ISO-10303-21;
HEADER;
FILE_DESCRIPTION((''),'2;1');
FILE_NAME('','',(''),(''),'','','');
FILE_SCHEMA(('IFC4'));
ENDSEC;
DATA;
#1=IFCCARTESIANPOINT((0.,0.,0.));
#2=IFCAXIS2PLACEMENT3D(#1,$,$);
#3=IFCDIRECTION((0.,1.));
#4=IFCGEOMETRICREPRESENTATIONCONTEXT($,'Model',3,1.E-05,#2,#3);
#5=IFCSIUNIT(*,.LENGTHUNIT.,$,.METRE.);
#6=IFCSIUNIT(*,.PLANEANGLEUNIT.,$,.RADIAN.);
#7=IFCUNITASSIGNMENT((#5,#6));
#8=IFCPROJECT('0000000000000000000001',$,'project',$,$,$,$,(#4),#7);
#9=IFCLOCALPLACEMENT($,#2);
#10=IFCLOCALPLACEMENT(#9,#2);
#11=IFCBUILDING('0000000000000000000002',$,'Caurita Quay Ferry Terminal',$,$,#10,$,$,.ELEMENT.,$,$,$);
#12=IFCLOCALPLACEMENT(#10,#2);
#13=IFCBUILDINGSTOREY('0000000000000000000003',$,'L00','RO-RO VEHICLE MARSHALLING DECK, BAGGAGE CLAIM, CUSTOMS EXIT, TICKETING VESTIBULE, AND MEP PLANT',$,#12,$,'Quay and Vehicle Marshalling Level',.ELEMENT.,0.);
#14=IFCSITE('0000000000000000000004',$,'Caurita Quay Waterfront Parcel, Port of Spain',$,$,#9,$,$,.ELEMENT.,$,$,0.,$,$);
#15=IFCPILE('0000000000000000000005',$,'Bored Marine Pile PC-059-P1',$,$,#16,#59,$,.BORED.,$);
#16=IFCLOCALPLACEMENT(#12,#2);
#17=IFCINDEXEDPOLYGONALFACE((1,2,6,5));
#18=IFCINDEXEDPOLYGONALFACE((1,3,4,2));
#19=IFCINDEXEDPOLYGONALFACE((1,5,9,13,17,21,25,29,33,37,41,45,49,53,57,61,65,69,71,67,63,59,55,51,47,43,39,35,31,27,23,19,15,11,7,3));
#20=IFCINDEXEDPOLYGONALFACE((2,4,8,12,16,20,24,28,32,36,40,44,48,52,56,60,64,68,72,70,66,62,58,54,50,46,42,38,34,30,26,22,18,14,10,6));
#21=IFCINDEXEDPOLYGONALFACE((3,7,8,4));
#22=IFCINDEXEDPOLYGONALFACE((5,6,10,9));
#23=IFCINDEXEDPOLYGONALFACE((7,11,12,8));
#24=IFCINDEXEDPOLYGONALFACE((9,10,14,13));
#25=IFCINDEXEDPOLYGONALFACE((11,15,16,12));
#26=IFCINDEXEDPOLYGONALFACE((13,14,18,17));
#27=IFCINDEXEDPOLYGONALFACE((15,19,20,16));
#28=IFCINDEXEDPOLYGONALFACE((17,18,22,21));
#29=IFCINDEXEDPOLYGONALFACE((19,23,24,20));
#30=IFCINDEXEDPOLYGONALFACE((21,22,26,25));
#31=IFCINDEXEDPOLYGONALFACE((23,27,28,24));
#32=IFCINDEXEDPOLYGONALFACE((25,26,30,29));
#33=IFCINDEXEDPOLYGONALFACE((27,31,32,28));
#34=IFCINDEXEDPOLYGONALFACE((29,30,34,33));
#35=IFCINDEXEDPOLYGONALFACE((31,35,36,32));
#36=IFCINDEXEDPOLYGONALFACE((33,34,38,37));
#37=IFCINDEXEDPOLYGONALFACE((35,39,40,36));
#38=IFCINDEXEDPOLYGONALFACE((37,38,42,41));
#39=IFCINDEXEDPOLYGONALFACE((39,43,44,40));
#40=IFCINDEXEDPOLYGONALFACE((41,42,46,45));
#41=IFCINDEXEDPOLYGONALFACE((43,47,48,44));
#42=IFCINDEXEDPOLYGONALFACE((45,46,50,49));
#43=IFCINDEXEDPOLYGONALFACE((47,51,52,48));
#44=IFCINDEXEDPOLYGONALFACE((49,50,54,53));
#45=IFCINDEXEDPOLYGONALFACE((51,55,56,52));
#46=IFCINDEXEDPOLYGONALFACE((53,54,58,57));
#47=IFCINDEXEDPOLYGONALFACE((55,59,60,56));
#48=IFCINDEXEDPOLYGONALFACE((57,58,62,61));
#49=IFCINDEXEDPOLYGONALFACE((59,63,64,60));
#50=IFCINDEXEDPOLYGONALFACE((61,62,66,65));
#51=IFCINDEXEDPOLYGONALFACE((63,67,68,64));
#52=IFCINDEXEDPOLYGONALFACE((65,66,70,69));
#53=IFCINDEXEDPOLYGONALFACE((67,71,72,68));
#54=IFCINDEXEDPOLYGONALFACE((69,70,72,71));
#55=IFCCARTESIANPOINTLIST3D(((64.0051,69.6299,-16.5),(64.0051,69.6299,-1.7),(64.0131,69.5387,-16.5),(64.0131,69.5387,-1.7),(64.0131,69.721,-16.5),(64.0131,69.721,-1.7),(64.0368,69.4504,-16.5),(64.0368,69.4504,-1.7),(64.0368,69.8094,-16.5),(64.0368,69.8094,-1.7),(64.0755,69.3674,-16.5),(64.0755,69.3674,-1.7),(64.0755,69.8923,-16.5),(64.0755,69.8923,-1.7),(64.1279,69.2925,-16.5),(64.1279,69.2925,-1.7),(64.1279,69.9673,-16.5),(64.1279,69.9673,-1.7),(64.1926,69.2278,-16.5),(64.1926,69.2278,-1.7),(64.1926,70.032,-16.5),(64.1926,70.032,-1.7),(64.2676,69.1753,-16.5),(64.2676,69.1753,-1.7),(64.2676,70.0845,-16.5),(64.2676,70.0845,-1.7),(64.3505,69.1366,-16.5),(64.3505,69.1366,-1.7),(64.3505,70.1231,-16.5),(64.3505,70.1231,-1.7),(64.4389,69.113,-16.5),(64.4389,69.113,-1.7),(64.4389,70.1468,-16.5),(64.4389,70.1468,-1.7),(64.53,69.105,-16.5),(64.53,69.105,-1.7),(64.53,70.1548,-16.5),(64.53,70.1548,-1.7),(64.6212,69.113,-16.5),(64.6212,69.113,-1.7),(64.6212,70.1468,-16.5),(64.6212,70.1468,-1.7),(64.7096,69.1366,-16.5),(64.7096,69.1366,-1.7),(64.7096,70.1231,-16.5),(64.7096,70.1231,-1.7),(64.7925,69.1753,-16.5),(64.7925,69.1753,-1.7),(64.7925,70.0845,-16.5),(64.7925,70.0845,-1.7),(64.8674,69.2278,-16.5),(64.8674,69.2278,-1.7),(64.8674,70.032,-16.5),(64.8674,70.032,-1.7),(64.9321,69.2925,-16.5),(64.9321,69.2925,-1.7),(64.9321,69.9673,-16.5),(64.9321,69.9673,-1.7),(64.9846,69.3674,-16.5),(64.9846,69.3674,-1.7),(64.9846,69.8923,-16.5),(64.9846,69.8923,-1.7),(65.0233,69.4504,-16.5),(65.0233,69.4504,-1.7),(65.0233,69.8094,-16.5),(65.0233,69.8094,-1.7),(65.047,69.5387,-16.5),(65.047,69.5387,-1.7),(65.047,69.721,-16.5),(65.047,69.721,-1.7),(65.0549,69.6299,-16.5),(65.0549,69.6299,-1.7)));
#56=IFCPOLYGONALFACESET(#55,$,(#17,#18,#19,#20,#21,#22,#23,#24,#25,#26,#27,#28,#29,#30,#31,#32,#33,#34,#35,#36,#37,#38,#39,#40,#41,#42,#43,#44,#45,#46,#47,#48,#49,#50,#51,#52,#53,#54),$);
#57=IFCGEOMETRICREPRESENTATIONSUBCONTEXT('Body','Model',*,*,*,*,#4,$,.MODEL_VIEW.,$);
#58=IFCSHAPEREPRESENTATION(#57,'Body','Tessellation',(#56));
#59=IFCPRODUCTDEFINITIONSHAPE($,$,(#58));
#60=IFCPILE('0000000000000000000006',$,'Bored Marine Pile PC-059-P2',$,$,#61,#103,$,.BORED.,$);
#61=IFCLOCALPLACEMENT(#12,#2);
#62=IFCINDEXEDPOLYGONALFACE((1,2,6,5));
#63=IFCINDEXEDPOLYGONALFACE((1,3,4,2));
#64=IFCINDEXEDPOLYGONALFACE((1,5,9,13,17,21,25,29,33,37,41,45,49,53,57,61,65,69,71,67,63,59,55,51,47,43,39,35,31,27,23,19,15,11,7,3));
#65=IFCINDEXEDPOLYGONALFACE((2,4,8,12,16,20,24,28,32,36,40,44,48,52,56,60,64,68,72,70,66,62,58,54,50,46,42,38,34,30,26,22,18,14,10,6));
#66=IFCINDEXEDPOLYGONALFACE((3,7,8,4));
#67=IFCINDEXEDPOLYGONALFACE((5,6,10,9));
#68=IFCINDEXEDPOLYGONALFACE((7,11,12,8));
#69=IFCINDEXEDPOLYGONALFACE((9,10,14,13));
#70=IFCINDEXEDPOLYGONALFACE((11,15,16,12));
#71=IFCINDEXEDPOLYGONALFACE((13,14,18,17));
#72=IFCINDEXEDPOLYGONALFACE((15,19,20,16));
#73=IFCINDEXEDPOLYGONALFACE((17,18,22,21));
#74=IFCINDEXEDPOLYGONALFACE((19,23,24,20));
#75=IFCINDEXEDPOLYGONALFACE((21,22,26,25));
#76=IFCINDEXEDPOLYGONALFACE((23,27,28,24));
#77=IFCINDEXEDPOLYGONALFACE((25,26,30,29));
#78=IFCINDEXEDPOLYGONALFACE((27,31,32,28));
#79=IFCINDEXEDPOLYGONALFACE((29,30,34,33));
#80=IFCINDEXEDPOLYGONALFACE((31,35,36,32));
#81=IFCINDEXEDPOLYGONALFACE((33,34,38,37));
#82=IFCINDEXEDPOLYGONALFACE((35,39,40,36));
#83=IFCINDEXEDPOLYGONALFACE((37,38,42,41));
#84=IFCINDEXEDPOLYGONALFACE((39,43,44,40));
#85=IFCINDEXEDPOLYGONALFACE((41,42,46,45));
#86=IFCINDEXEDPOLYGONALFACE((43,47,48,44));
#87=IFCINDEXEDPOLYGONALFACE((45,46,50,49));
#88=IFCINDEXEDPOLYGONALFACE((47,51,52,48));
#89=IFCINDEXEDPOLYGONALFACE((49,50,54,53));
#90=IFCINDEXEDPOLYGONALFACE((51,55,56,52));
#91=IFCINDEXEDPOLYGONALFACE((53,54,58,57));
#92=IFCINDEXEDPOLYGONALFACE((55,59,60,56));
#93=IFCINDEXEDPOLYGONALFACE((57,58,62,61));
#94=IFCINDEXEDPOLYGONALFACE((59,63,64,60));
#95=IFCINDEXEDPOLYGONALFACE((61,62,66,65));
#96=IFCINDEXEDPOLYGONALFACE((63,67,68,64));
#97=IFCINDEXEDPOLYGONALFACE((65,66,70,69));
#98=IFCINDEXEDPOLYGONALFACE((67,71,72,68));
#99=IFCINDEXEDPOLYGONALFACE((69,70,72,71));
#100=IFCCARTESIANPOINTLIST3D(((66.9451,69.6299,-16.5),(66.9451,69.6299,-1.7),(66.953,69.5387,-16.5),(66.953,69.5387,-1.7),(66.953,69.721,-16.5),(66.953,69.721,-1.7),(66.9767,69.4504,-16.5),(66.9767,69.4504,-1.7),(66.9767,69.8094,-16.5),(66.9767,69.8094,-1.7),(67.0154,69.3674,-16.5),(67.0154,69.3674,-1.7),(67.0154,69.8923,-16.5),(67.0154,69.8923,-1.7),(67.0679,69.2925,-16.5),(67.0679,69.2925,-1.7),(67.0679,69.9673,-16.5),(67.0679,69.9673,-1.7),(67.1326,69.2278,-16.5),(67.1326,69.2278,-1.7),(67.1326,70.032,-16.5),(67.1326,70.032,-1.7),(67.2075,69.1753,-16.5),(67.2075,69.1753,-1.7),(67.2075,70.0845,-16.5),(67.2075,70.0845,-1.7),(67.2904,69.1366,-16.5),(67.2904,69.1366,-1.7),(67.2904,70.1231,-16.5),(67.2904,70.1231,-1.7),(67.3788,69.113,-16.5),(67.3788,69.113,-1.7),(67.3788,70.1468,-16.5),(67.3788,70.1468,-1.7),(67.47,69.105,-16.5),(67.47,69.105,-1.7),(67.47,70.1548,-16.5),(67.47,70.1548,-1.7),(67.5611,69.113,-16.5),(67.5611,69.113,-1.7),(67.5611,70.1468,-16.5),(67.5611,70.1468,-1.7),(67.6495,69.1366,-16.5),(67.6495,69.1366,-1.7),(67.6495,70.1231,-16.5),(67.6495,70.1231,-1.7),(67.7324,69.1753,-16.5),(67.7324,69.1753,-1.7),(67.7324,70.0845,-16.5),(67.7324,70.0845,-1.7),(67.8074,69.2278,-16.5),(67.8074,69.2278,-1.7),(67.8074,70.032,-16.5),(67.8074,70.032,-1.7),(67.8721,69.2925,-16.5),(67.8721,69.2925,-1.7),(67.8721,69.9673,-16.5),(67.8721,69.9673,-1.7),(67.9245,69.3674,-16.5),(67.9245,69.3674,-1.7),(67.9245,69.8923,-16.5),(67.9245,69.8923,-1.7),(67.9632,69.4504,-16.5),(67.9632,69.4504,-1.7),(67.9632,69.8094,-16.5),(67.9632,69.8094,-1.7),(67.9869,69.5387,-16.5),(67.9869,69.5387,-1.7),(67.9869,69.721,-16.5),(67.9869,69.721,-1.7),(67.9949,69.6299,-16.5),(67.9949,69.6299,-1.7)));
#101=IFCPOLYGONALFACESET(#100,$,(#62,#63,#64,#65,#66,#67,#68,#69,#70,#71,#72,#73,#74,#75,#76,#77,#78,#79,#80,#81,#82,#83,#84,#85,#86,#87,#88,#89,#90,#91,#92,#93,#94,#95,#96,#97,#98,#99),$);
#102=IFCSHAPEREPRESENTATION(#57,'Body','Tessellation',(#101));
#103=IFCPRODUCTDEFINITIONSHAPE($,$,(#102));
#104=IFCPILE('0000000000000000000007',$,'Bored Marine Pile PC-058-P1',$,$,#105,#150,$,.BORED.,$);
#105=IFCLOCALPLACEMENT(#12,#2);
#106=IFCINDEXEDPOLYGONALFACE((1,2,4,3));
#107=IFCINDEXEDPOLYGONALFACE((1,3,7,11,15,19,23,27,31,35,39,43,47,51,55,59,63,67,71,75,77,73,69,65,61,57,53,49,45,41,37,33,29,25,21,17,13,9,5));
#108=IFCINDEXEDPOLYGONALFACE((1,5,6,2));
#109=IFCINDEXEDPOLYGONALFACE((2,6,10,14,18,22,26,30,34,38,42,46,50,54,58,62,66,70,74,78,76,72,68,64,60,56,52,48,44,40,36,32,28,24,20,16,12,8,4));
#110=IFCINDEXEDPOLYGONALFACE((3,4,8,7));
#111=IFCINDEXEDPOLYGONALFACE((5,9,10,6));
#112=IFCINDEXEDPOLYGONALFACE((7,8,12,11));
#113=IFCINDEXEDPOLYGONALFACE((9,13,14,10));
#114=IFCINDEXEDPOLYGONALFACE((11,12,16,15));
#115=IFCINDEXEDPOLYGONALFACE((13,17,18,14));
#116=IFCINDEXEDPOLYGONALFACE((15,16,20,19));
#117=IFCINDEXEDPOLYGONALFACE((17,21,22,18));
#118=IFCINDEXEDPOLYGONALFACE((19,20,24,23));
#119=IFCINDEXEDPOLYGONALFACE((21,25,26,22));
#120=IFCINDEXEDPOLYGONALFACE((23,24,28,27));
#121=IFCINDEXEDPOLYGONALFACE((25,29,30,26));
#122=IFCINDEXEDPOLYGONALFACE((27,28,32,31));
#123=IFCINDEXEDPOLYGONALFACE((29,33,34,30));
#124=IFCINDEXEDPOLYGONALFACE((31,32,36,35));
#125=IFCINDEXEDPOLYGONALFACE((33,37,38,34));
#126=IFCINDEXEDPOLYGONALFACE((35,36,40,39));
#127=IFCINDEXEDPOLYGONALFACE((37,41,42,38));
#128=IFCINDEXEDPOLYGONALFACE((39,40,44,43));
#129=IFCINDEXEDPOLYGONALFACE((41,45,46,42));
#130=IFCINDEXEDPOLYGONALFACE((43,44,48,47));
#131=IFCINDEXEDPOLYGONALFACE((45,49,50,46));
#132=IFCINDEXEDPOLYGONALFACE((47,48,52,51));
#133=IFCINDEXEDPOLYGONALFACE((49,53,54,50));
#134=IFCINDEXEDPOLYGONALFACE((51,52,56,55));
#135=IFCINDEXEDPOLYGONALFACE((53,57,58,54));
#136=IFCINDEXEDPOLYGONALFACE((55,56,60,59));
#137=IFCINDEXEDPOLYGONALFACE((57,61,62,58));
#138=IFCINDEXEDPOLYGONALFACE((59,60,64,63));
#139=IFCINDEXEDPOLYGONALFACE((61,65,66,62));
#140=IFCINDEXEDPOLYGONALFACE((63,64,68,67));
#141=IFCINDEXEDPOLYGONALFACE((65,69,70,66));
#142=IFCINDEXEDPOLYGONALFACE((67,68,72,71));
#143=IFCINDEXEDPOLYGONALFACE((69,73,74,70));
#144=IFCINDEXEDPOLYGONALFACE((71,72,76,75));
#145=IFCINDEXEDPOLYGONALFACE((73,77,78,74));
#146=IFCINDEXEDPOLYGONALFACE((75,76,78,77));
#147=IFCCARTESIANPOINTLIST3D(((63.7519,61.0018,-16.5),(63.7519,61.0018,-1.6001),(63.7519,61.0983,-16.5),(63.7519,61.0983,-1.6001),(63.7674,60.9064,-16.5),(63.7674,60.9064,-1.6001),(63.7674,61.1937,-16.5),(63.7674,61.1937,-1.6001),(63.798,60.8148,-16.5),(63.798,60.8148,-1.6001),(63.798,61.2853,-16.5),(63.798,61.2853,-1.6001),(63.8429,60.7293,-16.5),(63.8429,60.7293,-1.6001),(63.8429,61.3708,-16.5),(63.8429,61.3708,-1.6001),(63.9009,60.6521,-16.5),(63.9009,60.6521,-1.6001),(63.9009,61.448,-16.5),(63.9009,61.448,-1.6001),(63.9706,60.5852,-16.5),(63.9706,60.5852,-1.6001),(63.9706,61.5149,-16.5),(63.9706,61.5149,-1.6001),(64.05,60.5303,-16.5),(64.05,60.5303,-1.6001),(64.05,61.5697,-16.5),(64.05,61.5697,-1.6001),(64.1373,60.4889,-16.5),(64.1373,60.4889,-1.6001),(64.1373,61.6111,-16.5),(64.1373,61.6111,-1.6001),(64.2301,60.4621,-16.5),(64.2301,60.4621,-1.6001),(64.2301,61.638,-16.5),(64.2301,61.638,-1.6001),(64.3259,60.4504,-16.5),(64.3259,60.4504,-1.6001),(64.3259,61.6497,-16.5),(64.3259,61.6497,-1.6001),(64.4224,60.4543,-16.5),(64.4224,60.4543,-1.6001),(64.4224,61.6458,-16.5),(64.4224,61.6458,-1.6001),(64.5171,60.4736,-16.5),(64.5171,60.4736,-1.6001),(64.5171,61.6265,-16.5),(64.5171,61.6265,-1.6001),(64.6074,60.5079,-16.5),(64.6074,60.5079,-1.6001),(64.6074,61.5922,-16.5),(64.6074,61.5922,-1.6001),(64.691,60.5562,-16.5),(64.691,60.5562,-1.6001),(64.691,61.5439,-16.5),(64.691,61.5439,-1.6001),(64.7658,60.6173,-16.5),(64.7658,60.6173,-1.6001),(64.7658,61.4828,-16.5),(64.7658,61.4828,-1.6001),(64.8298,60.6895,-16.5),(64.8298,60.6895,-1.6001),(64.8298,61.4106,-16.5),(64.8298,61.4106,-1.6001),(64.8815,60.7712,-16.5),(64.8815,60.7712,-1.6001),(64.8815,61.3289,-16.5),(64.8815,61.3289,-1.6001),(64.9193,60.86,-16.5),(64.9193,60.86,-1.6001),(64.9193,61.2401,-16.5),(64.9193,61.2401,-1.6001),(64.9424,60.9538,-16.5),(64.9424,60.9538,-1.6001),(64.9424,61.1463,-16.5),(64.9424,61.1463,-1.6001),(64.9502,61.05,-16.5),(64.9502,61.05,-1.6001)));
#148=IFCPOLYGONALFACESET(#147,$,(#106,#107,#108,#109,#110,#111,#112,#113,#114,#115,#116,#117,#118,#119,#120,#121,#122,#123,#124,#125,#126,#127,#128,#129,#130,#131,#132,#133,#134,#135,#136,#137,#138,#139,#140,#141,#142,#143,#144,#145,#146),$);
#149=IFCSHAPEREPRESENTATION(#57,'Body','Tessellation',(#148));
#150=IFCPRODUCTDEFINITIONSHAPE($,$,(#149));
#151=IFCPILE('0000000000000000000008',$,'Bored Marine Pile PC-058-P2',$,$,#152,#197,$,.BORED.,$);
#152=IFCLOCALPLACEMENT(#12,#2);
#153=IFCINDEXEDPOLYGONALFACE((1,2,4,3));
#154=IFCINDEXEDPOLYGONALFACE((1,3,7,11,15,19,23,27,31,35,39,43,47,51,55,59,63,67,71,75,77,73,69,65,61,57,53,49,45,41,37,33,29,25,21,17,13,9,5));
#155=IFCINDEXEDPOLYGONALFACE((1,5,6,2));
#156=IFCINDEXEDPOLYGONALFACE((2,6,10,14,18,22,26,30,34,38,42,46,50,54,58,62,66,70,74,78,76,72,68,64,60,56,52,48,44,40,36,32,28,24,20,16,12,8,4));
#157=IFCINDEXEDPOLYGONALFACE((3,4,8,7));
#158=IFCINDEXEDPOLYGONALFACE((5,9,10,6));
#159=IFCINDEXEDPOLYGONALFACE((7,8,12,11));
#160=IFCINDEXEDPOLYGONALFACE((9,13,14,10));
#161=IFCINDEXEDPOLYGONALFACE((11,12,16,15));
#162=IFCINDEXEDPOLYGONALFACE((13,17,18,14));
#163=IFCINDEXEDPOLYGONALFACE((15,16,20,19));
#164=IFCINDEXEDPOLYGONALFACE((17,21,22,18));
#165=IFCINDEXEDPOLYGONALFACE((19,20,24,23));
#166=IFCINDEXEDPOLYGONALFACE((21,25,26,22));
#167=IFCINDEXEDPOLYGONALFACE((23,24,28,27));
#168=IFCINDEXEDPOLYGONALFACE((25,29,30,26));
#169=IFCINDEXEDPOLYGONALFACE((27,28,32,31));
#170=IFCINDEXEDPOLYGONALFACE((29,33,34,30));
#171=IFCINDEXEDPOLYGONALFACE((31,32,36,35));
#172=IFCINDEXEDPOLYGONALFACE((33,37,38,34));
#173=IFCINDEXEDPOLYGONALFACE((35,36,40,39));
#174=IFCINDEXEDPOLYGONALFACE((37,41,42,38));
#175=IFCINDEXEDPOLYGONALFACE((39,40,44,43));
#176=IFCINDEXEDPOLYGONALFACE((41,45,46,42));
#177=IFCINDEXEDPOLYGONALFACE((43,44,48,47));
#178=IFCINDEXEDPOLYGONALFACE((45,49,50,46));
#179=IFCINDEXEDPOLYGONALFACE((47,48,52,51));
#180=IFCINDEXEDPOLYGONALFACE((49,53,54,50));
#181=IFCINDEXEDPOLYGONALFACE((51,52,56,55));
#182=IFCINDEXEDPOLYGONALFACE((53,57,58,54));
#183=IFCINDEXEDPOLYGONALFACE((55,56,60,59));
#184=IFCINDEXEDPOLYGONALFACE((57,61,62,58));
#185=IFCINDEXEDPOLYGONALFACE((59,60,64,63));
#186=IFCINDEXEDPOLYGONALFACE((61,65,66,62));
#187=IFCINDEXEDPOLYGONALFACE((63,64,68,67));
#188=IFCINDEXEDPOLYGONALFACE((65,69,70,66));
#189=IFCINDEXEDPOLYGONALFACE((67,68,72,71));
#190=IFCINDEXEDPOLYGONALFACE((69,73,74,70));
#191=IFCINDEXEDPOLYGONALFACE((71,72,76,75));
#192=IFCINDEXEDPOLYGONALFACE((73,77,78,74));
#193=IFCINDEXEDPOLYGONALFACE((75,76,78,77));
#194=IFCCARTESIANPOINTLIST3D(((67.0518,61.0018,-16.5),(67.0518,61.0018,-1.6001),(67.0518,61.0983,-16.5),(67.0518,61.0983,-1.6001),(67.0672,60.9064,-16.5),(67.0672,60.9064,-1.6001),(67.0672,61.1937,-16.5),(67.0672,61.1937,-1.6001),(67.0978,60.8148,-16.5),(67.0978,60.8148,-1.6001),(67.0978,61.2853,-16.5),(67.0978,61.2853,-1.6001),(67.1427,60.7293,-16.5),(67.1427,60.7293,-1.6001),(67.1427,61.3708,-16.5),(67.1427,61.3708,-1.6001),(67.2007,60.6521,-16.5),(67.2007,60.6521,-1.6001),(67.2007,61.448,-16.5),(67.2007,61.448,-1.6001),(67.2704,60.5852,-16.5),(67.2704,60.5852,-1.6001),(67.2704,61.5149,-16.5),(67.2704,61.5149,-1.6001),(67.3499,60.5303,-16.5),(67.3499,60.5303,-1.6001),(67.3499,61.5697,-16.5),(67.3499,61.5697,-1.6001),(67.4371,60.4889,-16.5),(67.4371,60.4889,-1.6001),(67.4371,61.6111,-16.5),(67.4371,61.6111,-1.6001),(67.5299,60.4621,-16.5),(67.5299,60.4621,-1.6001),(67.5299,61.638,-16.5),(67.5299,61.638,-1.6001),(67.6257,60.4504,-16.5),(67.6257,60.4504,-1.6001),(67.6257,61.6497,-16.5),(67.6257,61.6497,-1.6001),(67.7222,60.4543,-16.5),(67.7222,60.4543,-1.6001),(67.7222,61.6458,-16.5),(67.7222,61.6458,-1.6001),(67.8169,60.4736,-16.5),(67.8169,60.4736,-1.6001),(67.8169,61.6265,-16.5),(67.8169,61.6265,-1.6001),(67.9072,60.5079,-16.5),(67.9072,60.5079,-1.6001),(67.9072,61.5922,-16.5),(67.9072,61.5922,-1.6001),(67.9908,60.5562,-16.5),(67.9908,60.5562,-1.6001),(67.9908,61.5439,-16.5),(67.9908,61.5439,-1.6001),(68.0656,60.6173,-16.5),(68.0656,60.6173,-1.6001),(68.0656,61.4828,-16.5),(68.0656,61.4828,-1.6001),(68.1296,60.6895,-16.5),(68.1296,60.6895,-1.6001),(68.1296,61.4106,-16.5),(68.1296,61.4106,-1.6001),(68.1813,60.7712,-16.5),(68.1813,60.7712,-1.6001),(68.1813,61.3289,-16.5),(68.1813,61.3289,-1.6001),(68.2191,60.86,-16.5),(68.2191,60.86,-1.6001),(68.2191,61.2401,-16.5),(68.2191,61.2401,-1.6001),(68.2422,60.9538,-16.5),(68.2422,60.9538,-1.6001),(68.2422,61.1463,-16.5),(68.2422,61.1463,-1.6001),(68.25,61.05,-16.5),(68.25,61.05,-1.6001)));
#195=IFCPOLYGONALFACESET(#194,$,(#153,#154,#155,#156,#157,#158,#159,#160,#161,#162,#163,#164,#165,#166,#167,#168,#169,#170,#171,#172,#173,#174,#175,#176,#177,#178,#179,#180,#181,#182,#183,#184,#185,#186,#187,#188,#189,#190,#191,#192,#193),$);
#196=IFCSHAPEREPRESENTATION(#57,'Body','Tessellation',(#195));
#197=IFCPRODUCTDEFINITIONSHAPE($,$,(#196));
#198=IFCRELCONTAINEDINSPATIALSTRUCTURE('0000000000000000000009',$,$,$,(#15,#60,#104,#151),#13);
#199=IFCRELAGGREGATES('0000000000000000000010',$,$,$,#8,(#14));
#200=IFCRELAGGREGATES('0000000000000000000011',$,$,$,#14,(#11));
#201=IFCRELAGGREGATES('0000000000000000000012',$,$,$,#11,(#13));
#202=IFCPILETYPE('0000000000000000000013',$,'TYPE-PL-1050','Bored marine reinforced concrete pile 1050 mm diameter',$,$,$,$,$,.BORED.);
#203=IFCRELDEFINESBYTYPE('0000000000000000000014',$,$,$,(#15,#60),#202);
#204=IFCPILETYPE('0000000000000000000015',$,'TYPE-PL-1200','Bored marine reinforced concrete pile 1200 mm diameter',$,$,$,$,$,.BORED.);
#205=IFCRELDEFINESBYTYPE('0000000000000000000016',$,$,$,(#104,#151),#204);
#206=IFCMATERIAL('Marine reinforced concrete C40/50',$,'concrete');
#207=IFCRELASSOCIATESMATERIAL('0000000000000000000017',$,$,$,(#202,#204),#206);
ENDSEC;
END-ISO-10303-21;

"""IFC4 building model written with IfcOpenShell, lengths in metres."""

from ifc_helpers import new_model, si_unit, direction, frame, origin, origin_2d, place, context, subcontext, project, spatial, circle, extrude, material, material_profile, profile_set, type_object, element, save


model = new_model("IFC4")

# Units and contexts
model_context = context("Model", 3, precision=1e-05, world=origin(), true_north=direction((0.0, 1.0)))
body_context = subcontext(model_context, "Body", "Model", "MODEL_VIEW")
ifc_project = project(units=[si_unit("LENGTHUNIT", "METRE"), si_unit("PLANEANGLEUNIT", "RADIAN")], contexts=[model_context])

# Site, building, storey
site_placement = place(None, origin())
site = spatial("IfcSite", under=ifc_project, at=site_placement, Name="Caurita Quay Waterfront Parcel, Port of Spain", CompositionType="ELEMENT", RefElevation=0.0)
building_placement = place(site_placement, origin())
building = spatial("IfcBuilding", under=site, at=building_placement, Name="Caurita Quay Ferry Terminal", CompositionType="ELEMENT")
storey_placement = place(building_placement, origin())
storey = spatial("IfcBuildingStorey", under=building, at=storey_placement, Name="L00", Description="RO-RO VEHICLE MARSHALLING DECK, BAGGAGE CLAIM, CUSTOMS EXIT, TICKETING VESTIBULE, AND MEP PLANT", LongName="Quay and Vehicle Marshalling Level", CompositionType="ELEMENT", Elevation=0.0)

# Piles
ifc_material_1 = material(Name="Marine reinforced concrete C40/50", Category="concrete")
ifc_material_profile_1 = material_profile(ifc_material_1, circle(Radius=0.5249, at=origin_2d()), Name="PILE-D1050")
ifc_profile_set_1 = profile_set([ifc_material_profile_1], Name="Marine reinforced concrete C40/50")
pile_type_1 = type_object("IfcPileType", Name="TYPE-PL-1050", Description="Bored marine reinforced concrete pile 1050 mm diameter", PredefinedType="BORED", material=ifc_profile_set_1)
for number, where, z_axis, x_axis, name in (
    (1, (64.53, 69.6299, -1.7), (0.0, 0.0, -1.0), (1.0, 0.0, 0.0), "Bored Marine Pile PC-059-P1"),
    (2, (67.47, 69.6299, -1.7), (0.0, 0.0, -1.0), (1.0, 0.0, 0.0), "Bored Marine Pile PC-059-P2"),
):
    element("IfcPile", number, at=place(storey_placement, frame(where, z_axis=z_axis, x_axis=x_axis)), inside=storey, type_object=pile_type_1, Name=name, PredefinedType="BORED", context=body_context, shape_type="SweptSolid", body=[
        extrude(circle(Radius=0.5249, at=origin_2d()), origin(), (0.0, 0.0, 1.0), 14.8),
    ])
ifc_material_profile_2 = material_profile(ifc_material_1, circle(Radius=0.6001, at=origin_2d()), Name="PILE-D1200")
ifc_profile_set_2 = profile_set([ifc_material_profile_2], Name="Marine reinforced concrete C40/50")
pile_type_2 = type_object("IfcPileType", Name="TYPE-PL-1200", Description="Bored marine reinforced concrete pile 1200 mm diameter", PredefinedType="BORED", material=ifc_profile_set_2)
for number, where, z_axis, x_axis, name in (
    (3, (64.3501, 61.05, -1.6001), (0.0, 0.0, -1.0), (1.0, 0.0, 0.0), "Bored Marine Pile PC-058-P1"),
    (4, (67.6499, 61.05, -1.6001), (0.0, 0.0, -1.0), (1.0, 0.0, 0.0), "Bored Marine Pile PC-058-P2"),
):
    element("IfcPile", number, at=place(storey_placement, frame(where, z_axis=z_axis, x_axis=x_axis)), inside=storey, type_object=pile_type_2, Name=name, PredefinedType="BORED", context=body_context, shape_type="SweptSolid", body=[
        extrude(circle(Radius=0.6001, at=origin_2d()), origin(), (0.0, 0.0, 1.0), 14.8999),
    ])

save(model, "model.ifc")
